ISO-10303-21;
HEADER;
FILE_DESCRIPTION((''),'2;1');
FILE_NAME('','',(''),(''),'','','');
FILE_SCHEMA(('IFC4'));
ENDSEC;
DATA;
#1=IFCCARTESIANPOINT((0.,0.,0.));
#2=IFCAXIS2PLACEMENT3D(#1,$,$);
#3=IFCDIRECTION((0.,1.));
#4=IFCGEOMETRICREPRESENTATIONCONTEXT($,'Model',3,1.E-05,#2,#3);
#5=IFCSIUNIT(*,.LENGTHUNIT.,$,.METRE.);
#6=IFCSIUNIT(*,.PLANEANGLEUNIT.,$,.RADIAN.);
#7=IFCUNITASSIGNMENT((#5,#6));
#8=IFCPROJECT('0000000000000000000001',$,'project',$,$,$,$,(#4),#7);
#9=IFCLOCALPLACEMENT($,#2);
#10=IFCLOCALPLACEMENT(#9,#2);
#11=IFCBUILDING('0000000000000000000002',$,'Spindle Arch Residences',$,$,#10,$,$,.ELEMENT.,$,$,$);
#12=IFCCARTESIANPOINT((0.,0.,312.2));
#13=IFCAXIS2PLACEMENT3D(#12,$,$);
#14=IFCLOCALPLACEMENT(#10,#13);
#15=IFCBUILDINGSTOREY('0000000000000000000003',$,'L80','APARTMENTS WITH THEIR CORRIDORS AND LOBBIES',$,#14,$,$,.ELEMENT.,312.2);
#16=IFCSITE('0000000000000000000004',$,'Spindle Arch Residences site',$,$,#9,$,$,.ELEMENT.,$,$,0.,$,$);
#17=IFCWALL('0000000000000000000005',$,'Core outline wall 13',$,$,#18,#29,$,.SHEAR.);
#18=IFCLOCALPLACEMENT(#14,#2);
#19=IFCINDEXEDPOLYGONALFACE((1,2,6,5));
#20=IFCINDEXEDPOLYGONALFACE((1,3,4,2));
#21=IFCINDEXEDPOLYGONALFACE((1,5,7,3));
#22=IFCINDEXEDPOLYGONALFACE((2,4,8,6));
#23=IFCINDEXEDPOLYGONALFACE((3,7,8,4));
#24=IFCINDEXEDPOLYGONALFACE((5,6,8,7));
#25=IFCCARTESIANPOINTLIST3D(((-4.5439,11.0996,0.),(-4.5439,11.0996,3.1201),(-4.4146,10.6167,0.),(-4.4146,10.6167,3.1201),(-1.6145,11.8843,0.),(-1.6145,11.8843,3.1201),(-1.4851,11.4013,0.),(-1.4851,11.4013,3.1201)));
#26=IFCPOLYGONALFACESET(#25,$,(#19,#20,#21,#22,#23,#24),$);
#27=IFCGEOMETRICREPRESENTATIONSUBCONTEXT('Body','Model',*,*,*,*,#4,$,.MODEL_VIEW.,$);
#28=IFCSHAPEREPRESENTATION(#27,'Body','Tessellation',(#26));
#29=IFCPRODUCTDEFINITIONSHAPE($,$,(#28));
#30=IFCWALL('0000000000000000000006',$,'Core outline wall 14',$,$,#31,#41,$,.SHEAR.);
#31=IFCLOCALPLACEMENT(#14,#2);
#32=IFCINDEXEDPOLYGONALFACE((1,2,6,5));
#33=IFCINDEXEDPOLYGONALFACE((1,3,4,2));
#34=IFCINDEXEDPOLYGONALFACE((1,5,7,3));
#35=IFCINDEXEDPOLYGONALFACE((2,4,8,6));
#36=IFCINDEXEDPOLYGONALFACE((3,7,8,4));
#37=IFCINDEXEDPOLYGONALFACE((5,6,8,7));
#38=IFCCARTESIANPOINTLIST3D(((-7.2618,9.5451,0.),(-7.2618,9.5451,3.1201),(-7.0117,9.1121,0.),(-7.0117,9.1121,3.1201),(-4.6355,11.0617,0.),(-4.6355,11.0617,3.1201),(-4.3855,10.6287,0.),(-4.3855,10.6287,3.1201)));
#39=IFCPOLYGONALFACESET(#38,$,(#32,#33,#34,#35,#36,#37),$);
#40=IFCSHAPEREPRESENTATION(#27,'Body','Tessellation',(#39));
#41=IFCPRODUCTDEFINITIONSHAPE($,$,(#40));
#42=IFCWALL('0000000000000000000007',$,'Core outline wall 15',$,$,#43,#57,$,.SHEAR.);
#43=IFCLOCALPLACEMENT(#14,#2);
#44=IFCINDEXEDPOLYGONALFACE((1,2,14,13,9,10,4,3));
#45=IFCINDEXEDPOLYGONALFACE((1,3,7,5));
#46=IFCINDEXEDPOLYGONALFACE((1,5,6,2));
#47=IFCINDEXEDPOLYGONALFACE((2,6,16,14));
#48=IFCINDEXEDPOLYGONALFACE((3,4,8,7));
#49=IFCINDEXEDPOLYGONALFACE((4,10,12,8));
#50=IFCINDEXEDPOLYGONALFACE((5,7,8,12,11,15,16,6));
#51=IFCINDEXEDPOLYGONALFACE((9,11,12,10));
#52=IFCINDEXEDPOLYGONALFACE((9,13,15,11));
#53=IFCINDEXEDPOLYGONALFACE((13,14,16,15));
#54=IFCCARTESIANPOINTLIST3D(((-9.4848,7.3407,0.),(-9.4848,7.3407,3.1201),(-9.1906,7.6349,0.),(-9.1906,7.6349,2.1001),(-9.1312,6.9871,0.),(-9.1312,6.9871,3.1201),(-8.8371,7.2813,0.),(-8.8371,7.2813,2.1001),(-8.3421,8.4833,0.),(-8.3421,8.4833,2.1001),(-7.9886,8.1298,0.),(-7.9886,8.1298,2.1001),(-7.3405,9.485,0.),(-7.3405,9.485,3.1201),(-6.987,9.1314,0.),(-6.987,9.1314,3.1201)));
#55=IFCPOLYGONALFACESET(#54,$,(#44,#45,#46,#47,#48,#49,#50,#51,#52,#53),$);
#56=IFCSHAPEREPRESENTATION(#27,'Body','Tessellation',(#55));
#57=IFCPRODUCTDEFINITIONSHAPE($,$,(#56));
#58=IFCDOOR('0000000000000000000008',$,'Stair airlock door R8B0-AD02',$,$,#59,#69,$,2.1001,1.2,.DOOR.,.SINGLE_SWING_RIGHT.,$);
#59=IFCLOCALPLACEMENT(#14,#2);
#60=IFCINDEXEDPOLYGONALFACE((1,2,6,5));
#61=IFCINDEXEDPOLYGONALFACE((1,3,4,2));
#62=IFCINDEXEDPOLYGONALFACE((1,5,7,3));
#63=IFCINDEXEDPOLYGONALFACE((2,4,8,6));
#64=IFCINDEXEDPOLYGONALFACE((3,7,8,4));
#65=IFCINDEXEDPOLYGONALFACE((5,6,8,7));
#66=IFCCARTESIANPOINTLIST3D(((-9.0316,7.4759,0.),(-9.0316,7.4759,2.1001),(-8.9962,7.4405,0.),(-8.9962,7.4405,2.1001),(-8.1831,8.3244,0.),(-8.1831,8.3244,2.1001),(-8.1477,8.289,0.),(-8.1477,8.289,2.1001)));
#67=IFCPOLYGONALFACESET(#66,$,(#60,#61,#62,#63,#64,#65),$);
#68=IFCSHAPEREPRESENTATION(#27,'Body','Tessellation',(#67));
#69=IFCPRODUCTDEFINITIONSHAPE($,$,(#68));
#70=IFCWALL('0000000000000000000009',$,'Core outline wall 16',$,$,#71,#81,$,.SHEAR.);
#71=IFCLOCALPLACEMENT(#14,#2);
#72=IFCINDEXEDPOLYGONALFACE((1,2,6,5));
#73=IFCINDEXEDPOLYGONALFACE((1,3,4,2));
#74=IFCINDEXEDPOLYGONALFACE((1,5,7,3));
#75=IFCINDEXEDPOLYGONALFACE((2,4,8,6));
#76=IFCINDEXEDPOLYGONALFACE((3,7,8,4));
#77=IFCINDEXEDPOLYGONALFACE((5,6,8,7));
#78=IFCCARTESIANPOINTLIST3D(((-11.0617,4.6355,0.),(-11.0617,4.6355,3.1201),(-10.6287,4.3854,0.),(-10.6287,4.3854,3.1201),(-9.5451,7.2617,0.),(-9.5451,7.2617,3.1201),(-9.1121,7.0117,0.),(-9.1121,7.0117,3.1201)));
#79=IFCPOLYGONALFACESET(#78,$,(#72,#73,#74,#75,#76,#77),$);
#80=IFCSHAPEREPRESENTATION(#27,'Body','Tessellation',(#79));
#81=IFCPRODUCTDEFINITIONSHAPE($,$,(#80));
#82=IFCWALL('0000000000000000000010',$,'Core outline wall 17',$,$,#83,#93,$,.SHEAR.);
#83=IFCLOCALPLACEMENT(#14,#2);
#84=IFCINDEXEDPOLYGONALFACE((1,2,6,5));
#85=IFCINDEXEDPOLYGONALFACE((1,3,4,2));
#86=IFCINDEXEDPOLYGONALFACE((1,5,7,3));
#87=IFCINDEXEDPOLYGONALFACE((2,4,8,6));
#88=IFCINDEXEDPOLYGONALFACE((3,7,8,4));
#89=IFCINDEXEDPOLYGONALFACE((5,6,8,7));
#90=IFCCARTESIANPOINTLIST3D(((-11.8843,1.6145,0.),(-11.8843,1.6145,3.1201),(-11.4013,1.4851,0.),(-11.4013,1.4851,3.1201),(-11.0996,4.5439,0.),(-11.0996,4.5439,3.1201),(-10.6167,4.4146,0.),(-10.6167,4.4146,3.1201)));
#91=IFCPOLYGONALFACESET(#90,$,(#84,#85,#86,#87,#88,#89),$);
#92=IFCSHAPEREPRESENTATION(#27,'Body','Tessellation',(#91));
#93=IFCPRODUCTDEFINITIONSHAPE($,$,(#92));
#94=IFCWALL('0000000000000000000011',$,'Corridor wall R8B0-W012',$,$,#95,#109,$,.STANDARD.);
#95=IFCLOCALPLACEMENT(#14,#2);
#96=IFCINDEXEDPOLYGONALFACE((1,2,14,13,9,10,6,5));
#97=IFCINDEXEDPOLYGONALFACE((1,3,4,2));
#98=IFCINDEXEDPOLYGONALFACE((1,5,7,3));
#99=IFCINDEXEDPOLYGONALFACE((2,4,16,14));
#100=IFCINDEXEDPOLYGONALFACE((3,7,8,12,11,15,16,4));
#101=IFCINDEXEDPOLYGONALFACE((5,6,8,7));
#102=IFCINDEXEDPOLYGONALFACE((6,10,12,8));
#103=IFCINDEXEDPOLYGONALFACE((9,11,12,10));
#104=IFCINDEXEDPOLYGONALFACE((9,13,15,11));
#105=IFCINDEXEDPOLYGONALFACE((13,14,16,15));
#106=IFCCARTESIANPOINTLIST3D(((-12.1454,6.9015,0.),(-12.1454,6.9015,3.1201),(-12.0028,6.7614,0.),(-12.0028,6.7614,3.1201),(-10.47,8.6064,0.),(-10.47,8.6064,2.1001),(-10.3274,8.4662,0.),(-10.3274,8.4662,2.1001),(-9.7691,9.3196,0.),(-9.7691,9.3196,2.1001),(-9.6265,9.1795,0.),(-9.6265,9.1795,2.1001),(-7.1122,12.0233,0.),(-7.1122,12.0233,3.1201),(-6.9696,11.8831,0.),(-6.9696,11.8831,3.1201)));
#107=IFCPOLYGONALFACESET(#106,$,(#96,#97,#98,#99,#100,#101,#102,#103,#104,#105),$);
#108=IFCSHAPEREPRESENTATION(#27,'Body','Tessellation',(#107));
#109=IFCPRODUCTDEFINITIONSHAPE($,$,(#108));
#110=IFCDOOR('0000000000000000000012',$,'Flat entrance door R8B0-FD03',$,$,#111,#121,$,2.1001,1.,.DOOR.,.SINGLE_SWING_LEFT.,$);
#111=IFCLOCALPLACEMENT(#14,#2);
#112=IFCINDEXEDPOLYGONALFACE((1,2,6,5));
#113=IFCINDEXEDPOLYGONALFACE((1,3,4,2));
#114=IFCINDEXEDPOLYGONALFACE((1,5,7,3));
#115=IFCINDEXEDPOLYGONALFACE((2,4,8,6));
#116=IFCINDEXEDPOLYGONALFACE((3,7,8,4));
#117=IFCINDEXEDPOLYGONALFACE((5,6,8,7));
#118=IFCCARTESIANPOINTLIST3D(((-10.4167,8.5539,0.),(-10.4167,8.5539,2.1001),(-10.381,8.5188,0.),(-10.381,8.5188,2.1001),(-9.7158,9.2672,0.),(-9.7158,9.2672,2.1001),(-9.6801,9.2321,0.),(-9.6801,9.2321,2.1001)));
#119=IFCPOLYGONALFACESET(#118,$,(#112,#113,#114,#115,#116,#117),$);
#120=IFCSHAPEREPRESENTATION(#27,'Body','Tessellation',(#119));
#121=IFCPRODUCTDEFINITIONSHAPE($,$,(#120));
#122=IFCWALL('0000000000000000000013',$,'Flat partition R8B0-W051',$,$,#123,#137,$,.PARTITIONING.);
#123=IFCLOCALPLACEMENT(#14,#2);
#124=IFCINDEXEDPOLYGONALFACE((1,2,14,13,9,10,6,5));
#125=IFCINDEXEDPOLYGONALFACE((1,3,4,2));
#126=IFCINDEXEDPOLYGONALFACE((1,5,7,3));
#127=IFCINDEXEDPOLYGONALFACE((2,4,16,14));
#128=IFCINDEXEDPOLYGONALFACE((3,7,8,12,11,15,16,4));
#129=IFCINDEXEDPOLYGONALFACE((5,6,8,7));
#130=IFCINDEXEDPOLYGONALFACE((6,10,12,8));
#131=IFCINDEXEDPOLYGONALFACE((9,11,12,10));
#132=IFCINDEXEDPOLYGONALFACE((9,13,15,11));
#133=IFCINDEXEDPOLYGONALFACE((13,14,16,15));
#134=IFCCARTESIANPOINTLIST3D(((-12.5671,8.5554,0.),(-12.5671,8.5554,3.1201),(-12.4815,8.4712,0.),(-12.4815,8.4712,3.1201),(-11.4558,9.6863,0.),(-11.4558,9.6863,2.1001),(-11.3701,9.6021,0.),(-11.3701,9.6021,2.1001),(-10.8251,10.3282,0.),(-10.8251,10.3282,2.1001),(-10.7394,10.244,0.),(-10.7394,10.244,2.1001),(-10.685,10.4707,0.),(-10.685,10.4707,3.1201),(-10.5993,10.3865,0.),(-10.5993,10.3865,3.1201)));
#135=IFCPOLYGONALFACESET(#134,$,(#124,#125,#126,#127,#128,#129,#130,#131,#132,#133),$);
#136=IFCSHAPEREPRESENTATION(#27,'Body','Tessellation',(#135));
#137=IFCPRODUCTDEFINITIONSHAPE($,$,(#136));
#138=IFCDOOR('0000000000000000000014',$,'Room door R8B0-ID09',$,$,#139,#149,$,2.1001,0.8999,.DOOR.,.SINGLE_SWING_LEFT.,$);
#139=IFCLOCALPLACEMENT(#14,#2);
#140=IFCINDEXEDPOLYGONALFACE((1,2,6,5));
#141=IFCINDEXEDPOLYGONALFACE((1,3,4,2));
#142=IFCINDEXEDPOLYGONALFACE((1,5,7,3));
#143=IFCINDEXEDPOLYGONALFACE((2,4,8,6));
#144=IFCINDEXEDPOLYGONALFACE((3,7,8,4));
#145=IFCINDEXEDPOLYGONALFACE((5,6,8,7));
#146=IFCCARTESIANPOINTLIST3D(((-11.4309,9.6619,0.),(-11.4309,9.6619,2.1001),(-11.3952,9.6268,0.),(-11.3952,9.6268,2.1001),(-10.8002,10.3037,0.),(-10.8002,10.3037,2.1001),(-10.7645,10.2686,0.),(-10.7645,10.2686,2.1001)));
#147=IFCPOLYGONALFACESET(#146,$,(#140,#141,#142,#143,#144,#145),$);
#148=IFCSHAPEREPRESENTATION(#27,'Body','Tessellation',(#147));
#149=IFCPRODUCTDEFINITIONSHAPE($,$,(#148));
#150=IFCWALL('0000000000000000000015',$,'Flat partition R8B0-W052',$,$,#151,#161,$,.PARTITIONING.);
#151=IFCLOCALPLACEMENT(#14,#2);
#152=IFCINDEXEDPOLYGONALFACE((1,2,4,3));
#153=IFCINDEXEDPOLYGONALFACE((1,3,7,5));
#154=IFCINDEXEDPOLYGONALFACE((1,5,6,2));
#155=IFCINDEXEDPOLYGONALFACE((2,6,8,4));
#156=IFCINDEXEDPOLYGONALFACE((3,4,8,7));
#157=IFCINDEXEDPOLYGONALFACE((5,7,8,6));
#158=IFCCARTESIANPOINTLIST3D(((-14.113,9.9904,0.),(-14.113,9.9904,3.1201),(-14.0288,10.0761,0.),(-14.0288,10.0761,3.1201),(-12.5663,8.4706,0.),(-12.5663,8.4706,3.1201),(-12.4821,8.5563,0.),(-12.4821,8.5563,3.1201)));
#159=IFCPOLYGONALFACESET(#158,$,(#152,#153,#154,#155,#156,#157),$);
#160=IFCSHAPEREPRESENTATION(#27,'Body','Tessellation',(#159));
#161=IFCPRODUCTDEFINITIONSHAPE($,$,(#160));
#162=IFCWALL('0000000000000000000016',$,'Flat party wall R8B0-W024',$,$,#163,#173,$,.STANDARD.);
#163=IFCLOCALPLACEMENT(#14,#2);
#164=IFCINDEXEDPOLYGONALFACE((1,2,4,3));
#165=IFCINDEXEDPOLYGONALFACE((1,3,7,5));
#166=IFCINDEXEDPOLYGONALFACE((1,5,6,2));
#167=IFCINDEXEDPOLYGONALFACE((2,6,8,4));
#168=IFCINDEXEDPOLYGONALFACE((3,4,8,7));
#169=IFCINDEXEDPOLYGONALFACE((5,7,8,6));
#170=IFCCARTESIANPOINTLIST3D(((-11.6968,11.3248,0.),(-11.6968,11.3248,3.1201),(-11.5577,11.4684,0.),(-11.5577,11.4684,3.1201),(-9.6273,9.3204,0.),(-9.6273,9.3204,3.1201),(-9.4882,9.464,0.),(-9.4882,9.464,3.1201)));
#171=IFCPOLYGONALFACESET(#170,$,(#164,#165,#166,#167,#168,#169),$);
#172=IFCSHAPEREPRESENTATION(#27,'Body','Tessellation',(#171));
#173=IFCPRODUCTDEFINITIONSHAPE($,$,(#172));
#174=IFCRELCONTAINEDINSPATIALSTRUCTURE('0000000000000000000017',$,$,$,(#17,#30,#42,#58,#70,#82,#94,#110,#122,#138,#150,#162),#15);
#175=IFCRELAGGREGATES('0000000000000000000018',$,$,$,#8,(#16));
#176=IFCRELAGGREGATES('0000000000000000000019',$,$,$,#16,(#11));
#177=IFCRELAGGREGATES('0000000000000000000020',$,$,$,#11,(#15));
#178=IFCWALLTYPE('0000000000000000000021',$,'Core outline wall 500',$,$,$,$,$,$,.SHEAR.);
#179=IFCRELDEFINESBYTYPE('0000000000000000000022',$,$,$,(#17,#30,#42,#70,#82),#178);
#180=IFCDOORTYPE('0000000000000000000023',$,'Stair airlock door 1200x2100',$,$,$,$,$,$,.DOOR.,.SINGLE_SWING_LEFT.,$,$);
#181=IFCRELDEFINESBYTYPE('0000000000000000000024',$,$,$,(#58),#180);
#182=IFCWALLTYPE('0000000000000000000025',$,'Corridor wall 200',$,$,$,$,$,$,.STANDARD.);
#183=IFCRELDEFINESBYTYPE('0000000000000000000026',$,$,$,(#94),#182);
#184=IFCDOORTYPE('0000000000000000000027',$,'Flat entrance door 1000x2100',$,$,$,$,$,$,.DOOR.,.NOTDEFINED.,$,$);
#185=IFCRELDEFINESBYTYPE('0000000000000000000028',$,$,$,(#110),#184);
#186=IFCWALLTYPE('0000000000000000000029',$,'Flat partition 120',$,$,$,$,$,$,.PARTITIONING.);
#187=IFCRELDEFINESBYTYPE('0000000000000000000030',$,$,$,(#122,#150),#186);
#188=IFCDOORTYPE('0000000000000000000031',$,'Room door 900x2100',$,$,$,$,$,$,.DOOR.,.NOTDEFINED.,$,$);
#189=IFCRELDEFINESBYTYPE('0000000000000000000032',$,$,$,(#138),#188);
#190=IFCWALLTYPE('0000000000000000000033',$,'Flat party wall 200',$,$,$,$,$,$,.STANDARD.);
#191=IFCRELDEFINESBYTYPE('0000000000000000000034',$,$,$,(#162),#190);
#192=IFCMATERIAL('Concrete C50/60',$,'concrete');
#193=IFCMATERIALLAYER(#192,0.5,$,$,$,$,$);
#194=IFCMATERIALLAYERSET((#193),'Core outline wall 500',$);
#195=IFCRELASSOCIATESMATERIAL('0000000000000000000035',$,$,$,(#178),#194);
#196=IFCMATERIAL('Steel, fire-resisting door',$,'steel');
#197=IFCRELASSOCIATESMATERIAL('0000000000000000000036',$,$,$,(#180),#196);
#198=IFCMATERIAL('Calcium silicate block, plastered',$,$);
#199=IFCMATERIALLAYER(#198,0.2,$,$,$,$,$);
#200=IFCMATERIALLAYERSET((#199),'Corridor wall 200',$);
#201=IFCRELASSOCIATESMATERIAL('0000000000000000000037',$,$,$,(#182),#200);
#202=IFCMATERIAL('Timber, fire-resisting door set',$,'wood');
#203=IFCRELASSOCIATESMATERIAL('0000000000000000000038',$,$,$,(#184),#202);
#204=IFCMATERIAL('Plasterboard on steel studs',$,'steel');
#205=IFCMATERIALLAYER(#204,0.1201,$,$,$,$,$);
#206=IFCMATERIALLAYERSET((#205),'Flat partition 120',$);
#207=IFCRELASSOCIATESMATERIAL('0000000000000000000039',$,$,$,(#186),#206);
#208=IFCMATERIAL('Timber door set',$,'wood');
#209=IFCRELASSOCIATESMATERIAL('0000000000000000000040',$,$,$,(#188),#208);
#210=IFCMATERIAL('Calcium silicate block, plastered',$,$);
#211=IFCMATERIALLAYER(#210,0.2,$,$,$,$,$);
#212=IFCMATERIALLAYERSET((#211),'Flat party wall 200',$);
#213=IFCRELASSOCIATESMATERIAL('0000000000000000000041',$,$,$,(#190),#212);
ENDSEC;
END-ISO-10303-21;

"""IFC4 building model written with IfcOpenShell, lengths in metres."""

from ifc_helpers import new_model, si_unit, direction, frame, frame_2d, origin, place, context, subcontext, project, spatial, rectangle, extrude, material, layer, layer_set, type_object, element, fill, save


model = new_model("IFC4")

# Units and contexts
model_context = context("Model", 3, precision=1e-05, world=origin(), true_north=direction((0.0, 1.0)))
body_context = subcontext(model_context, "Body", "Model", "MODEL_VIEW")
ifc_project = project(units=[si_unit("LENGTHUNIT", "METRE"), si_unit("PLANEANGLEUNIT", "RADIAN")], contexts=[model_context])

# Site, building, storey
site_placement = place(None, origin())
site = spatial("IfcSite", under=ifc_project, at=site_placement, Name="Spindle Arch Residences site", CompositionType="ELEMENT", RefElevation=0.0)
building_placement = place(site_placement, origin())
building = spatial("IfcBuilding", under=site, at=building_placement, Name="Spindle Arch Residences", CompositionType="ELEMENT")
storey_placement = place(building_placement, frame((0.0, 0.0, 312.2)))
storey = spatial("IfcBuildingStorey", under=building, at=storey_placement, Name="L80", Description="APARTMENTS WITH THEIR CORRIDORS AND LOBBIES", CompositionType="ELEMENT", Elevation=312.2)

# Walls
ifc_material_1 = material(Name="Concrete C50/60", Category="concrete")
ifc_layer_1 = layer(ifc_material_1, 0.5)
ifc_layer_set_1 = layer_set([ifc_layer_1], Name="Core outline wall 500")
wall_type_1 = type_object("IfcWallType", Name="Core outline wall 500", PredefinedType="SHEAR", material=ifc_layer_set_1)
for number, where, z_axis, x_axis, name in (
    (1, (-1.5498, 11.6428, 0.0), (0.0, 0.0, 1.0), (-0.965948, -0.258735, 0.0), "Core outline wall 13"),
    (2, (-4.5105, 10.8452, 0.0), (0.0, 0.0, 1.0), (-0.865975, -0.500087, 0.0), "Core outline wall 14"),
):
    element("IfcWall", number, at=place(storey_placement, frame(where, z_axis=z_axis, x_axis=x_axis)), inside=storey, type_object=wall_type_1, Name=name, PredefinedType="SHEAR", context=body_context, shape_type="SweptSolid", body=[
        extrude(rectangle(XDim=3.0327, YDim=0.5, at=frame_2d((1.5164, 0.0))), origin(), (0.0, 0.0, 1.0), 3.1201),
    ])

# Wall, opening, door
wall_1_placement = place(storey_placement, frame((-7.1638, 9.3081, 0.0), z_axis=(0.0, 0.0, 1.0), x_axis=(-0.707107, -0.707107, 0.0)))
wall_1 = element("IfcWall", 3, at=wall_1_placement, inside=storey, type_object=wall_type_1, Name="Core outline wall 15", PredefinedType="SHEAR", context=body_context, shape_type="SweptSolid", body=[
    extrude(rectangle(XDim=3.0325, YDim=0.5, at=frame_2d((1.5161, 0.0))), origin(), (0.0, 0.0, 1.0), 3.1201),
])
opening_1_placement = place(wall_1_placement, frame((1.4163, 0.0, 0.0)))
opening_1 = element("IfcOpeningElement", 4, at=opening_1_placement, cuts=wall_1, PredefinedType="OPENING", context=body_context, shape_type="SweptSolid", body=[
    extrude(rectangle(XDim=1.2, YDim=2.1001, at=frame_2d((0.6001, 1.05))), frame((0.0, 0.26, 0.0), z_axis=(0.0, -1.0, 0.0), x_axis=(1.0, 0.0, 0.0)), (0.0, 0.0, 1.0), 0.52),
])
ifc_material_2 = material(Name="Steel, fire-resisting door", Category="steel")
door_type_1 = type_object("IfcDoorType", Name="Stair airlock door 1200x2100", OperationType="SINGLE_SWING_LEFT", PredefinedType="DOOR", material=ifc_material_2)
door_1_placement = place(opening_1_placement, origin())
door_1 = element("IfcDoor", 5, at=door_1_placement, inside=storey, type_object=door_type_1, Name="Stair airlock door R8B0-AD02", OperationType="SINGLE_SWING_RIGHT", OverallHeight=2.1001, OverallWidth=1.2, PredefinedType="DOOR", context=body_context, shape_type="SweptSolid", body=[
    extrude(rectangle(XDim=1.2, YDim=2.1001, at=frame_2d((0.6001, 1.05))), frame((0.0, 0.0249, 0.0), z_axis=(0.0, -1.0, 0.0), x_axis=(1.0, 0.0, 0.0)), (0.0, 0.0, 1.0), 0.05),
])
fill(opening_1, door_1)

# Walls
for number, where, z_axis, x_axis, name in (
    (6, (-9.3286, 7.1367, 0.0), (0.0, 0.0, 1.0), (-0.500087, -0.865975, 0.0), "Core outline wall 16"),
    (7, (-10.8582, 4.4792, 0.0), (0.0, 0.0, 1.0), (-0.258735, -0.965948, 0.0), "Core outline wall 17"),
):
    element("IfcWall", number, at=place(storey_placement, frame(where, z_axis=z_axis, x_axis=x_axis)), inside=storey, type_object=wall_type_1, Name=name, PredefinedType="SHEAR", context=body_context, shape_type="SweptSolid", body=[
        extrude(rectangle(XDim=3.0327, YDim=0.5, at=frame_2d((1.5164, 0.0))), origin(), (0.0, 0.0, 1.0), 3.1201),
    ])

# Walls, openings, doors
ifc_material_3 = material(Name="Calcium silicate block, plastered")
ifc_layer_2 = layer(ifc_material_3, 0.2)
ifc_layer_set_2 = layer_set([ifc_layer_2], Name="Corridor wall 200")
wall_type_2 = type_object("IfcWallType", Name="Corridor wall 200", PredefinedType="STANDARD", material=ifc_layer_set_2)
wall_2_placement = place(storey_placement, frame((-7.041, 11.9531, 0.0), z_axis=(0.0, 0.0, 1.0), x_axis=(-0.700909, -0.713251, 0.0)))
wall_2 = element("IfcWall", 8, at=wall_2_placement, inside=storey, type_object=wall_type_2, Name="Corridor wall R8B0-W012", PredefinedType="STANDARD", context=body_context, shape_type="SweptSolid", body=[
    extrude(rectangle(XDim=7.1809, YDim=0.2, at=frame_2d((3.5903, 0.0))), origin(), (0.0, 0.0, 1.0), 3.1201),
])
opening_2_placement = place(wall_2_placement, frame((3.7905, 0.0, 0.0)))
opening_2 = element("IfcOpeningElement", 9, at=opening_2_placement, cuts=wall_2, PredefinedType="OPENING", context=body_context, shape_type="SweptSolid", body=[
    extrude(rectangle(XDim=1.0, YDim=2.1001, at=frame_2d((0.5, 1.05))), frame((0.0, 0.1099, 0.0), z_axis=(0.0, -1.0, 0.0), x_axis=(1.0, 0.0, 0.0)), (0.0, 0.0, 1.0), 0.22),
])
ifc_material_4 = material(Name="Timber, fire-resisting door set", Category="wood")
door_type_2 = type_object("IfcDoorType", Name="Flat entrance door 1000x2100", OperationType="NOTDEFINED", PredefinedType="DOOR", material=ifc_material_4)
door_2_placement = place(opening_2_placement, origin())
door_2 = element("IfcDoor", 10, at=door_2_placement, inside=storey, type_object=door_type_2, Name="Flat entrance door R8B0-FD03", OperationType="SINGLE_SWING_LEFT", OverallHeight=2.1001, OverallWidth=1.0, PredefinedType="DOOR", context=body_context, shape_type="SweptSolid", body=[
    extrude(rectangle(XDim=1.0, YDim=2.1001, at=frame_2d((0.5, 1.05))), frame((0.0, 0.0249, 0.0), z_axis=(0.0, -1.0, 0.0), x_axis=(1.0, 0.0, 0.0)), (0.0, 0.0, 1.0), 0.05),
])
fill(opening_2, door_2)
ifc_material_5 = material(Name="Plasterboard on steel studs", Category="steel")
ifc_layer_3 = layer(ifc_material_5, 0.1201)
ifc_layer_set_3 = layer_set([ifc_layer_3], Name="Flat partition 120")
wall_type_3 = type_object("IfcWallType", Name="Flat partition 120", PredefinedType="PARTITIONING", material=ifc_layer_set_3)
wall_3_placement = place(storey_placement, frame((-10.6421, 10.4287, 0.0), z_axis=(0.0, 0.0, 1.0), x_axis=(-0.700897, -0.713262, 0.0)))
wall_3 = element("IfcWall", 11, at=wall_3_placement, inside=storey, type_object=wall_type_3, Name="Flat partition R8B0-W051", PredefinedType="PARTITIONING", context=body_context, shape_type="SweptSolid", body=[
    extrude(rectangle(XDim=2.6853, YDim=0.1201, at=frame_2d((1.3428, 0.0))), origin(), (0.0, 0.0, 1.0), 3.1201),
])
opening_3_placement = place(wall_3_placement, frame((0.2, 0.0, 0.0)))
opening_3 = element("IfcOpeningElement", 12, at=opening_3_placement, cuts=wall_3, PredefinedType="OPENING", context=body_context, shape_type="SweptSolid", body=[
    extrude(rectangle(XDim=0.8999, YDim=2.1001, at=frame_2d((0.45, 1.05))), frame((0.0, 0.0701, 0.0), z_axis=(0.0, -1.0, 0.0), x_axis=(1.0, 0.0, 0.0)), (0.0, 0.0, 1.0), 0.1401),
])
ifc_material_6 = material(Name="Timber door set", Category="wood")
door_type_3 = type_object("IfcDoorType", Name="Room door 900x2100", OperationType="NOTDEFINED", PredefinedType="DOOR", material=ifc_material_6)
door_3_placement = place(opening_3_placement, origin())
door_3 = element("IfcDoor", 13, at=door_3_placement, inside=storey, type_object=door_type_3, Name="Room door R8B0-ID09", OperationType="SINGLE_SWING_LEFT", OverallHeight=2.1001, OverallWidth=0.8999, PredefinedType="DOOR", context=body_context, shape_type="SweptSolid", body=[
    extrude(rectangle(XDim=0.8999, YDim=2.1001, at=frame_2d((0.45, 1.05))), frame((0.0, 0.0249, 0.0), z_axis=(0.0, -1.0, 0.0), x_axis=(1.0, 0.0, 0.0)), (0.0, 0.0, 1.0), 0.05),
])
fill(opening_3, door_3)

# Walls
wall_4_placement = place(storey_placement, frame((-12.5242, 8.5134, 0.0), z_axis=(0.0, 0.0, 1.0), x_axis=(-0.713272, 0.700887, 0.0)))
element("IfcWall", 14, at=wall_4_placement, inside=storey, type_object=wall_type_3, Name="Flat partition R8B0-W052", PredefinedType="PARTITIONING", context=body_context, shape_type="SweptSolid", body=[
    extrude(rectangle(XDim=2.1685, YDim=0.1201, at=frame_2d((1.0842, 0.0))), origin(), (0.0, 0.0, 1.0), 3.1201),
])
ifc_material_7 = material(Name="Calcium silicate block, plastered")
ifc_layer_4 = layer(ifc_material_7, 0.2)
ifc_layer_set_4 = layer_set([ifc_layer_4], Name="Flat party wall 200")
wall_type_4 = type_object("IfcWallType", Name="Flat party wall 200", PredefinedType="STANDARD", material=ifc_layer_set_4)
wall_5_placement = place(storey_placement, frame((-11.6272, 11.3965, 0.0), z_axis=(0.0, 0.0, 1.0), x_axis=(0.718329, -0.695704, 0.0)))
element("IfcWall", 15, at=wall_5_placement, inside=storey, type_object=wall_type_4, Name="Flat party wall R8B0-W024", PredefinedType="STANDARD", context=body_context, shape_type="SweptSolid", body=[
    extrude(rectangle(XDim=2.8811, YDim=0.2, at=frame_2d((1.4404, 0.0))), origin(), (0.0, 0.0, 1.0), 3.1201),
])

save(model, "model.ifc")
